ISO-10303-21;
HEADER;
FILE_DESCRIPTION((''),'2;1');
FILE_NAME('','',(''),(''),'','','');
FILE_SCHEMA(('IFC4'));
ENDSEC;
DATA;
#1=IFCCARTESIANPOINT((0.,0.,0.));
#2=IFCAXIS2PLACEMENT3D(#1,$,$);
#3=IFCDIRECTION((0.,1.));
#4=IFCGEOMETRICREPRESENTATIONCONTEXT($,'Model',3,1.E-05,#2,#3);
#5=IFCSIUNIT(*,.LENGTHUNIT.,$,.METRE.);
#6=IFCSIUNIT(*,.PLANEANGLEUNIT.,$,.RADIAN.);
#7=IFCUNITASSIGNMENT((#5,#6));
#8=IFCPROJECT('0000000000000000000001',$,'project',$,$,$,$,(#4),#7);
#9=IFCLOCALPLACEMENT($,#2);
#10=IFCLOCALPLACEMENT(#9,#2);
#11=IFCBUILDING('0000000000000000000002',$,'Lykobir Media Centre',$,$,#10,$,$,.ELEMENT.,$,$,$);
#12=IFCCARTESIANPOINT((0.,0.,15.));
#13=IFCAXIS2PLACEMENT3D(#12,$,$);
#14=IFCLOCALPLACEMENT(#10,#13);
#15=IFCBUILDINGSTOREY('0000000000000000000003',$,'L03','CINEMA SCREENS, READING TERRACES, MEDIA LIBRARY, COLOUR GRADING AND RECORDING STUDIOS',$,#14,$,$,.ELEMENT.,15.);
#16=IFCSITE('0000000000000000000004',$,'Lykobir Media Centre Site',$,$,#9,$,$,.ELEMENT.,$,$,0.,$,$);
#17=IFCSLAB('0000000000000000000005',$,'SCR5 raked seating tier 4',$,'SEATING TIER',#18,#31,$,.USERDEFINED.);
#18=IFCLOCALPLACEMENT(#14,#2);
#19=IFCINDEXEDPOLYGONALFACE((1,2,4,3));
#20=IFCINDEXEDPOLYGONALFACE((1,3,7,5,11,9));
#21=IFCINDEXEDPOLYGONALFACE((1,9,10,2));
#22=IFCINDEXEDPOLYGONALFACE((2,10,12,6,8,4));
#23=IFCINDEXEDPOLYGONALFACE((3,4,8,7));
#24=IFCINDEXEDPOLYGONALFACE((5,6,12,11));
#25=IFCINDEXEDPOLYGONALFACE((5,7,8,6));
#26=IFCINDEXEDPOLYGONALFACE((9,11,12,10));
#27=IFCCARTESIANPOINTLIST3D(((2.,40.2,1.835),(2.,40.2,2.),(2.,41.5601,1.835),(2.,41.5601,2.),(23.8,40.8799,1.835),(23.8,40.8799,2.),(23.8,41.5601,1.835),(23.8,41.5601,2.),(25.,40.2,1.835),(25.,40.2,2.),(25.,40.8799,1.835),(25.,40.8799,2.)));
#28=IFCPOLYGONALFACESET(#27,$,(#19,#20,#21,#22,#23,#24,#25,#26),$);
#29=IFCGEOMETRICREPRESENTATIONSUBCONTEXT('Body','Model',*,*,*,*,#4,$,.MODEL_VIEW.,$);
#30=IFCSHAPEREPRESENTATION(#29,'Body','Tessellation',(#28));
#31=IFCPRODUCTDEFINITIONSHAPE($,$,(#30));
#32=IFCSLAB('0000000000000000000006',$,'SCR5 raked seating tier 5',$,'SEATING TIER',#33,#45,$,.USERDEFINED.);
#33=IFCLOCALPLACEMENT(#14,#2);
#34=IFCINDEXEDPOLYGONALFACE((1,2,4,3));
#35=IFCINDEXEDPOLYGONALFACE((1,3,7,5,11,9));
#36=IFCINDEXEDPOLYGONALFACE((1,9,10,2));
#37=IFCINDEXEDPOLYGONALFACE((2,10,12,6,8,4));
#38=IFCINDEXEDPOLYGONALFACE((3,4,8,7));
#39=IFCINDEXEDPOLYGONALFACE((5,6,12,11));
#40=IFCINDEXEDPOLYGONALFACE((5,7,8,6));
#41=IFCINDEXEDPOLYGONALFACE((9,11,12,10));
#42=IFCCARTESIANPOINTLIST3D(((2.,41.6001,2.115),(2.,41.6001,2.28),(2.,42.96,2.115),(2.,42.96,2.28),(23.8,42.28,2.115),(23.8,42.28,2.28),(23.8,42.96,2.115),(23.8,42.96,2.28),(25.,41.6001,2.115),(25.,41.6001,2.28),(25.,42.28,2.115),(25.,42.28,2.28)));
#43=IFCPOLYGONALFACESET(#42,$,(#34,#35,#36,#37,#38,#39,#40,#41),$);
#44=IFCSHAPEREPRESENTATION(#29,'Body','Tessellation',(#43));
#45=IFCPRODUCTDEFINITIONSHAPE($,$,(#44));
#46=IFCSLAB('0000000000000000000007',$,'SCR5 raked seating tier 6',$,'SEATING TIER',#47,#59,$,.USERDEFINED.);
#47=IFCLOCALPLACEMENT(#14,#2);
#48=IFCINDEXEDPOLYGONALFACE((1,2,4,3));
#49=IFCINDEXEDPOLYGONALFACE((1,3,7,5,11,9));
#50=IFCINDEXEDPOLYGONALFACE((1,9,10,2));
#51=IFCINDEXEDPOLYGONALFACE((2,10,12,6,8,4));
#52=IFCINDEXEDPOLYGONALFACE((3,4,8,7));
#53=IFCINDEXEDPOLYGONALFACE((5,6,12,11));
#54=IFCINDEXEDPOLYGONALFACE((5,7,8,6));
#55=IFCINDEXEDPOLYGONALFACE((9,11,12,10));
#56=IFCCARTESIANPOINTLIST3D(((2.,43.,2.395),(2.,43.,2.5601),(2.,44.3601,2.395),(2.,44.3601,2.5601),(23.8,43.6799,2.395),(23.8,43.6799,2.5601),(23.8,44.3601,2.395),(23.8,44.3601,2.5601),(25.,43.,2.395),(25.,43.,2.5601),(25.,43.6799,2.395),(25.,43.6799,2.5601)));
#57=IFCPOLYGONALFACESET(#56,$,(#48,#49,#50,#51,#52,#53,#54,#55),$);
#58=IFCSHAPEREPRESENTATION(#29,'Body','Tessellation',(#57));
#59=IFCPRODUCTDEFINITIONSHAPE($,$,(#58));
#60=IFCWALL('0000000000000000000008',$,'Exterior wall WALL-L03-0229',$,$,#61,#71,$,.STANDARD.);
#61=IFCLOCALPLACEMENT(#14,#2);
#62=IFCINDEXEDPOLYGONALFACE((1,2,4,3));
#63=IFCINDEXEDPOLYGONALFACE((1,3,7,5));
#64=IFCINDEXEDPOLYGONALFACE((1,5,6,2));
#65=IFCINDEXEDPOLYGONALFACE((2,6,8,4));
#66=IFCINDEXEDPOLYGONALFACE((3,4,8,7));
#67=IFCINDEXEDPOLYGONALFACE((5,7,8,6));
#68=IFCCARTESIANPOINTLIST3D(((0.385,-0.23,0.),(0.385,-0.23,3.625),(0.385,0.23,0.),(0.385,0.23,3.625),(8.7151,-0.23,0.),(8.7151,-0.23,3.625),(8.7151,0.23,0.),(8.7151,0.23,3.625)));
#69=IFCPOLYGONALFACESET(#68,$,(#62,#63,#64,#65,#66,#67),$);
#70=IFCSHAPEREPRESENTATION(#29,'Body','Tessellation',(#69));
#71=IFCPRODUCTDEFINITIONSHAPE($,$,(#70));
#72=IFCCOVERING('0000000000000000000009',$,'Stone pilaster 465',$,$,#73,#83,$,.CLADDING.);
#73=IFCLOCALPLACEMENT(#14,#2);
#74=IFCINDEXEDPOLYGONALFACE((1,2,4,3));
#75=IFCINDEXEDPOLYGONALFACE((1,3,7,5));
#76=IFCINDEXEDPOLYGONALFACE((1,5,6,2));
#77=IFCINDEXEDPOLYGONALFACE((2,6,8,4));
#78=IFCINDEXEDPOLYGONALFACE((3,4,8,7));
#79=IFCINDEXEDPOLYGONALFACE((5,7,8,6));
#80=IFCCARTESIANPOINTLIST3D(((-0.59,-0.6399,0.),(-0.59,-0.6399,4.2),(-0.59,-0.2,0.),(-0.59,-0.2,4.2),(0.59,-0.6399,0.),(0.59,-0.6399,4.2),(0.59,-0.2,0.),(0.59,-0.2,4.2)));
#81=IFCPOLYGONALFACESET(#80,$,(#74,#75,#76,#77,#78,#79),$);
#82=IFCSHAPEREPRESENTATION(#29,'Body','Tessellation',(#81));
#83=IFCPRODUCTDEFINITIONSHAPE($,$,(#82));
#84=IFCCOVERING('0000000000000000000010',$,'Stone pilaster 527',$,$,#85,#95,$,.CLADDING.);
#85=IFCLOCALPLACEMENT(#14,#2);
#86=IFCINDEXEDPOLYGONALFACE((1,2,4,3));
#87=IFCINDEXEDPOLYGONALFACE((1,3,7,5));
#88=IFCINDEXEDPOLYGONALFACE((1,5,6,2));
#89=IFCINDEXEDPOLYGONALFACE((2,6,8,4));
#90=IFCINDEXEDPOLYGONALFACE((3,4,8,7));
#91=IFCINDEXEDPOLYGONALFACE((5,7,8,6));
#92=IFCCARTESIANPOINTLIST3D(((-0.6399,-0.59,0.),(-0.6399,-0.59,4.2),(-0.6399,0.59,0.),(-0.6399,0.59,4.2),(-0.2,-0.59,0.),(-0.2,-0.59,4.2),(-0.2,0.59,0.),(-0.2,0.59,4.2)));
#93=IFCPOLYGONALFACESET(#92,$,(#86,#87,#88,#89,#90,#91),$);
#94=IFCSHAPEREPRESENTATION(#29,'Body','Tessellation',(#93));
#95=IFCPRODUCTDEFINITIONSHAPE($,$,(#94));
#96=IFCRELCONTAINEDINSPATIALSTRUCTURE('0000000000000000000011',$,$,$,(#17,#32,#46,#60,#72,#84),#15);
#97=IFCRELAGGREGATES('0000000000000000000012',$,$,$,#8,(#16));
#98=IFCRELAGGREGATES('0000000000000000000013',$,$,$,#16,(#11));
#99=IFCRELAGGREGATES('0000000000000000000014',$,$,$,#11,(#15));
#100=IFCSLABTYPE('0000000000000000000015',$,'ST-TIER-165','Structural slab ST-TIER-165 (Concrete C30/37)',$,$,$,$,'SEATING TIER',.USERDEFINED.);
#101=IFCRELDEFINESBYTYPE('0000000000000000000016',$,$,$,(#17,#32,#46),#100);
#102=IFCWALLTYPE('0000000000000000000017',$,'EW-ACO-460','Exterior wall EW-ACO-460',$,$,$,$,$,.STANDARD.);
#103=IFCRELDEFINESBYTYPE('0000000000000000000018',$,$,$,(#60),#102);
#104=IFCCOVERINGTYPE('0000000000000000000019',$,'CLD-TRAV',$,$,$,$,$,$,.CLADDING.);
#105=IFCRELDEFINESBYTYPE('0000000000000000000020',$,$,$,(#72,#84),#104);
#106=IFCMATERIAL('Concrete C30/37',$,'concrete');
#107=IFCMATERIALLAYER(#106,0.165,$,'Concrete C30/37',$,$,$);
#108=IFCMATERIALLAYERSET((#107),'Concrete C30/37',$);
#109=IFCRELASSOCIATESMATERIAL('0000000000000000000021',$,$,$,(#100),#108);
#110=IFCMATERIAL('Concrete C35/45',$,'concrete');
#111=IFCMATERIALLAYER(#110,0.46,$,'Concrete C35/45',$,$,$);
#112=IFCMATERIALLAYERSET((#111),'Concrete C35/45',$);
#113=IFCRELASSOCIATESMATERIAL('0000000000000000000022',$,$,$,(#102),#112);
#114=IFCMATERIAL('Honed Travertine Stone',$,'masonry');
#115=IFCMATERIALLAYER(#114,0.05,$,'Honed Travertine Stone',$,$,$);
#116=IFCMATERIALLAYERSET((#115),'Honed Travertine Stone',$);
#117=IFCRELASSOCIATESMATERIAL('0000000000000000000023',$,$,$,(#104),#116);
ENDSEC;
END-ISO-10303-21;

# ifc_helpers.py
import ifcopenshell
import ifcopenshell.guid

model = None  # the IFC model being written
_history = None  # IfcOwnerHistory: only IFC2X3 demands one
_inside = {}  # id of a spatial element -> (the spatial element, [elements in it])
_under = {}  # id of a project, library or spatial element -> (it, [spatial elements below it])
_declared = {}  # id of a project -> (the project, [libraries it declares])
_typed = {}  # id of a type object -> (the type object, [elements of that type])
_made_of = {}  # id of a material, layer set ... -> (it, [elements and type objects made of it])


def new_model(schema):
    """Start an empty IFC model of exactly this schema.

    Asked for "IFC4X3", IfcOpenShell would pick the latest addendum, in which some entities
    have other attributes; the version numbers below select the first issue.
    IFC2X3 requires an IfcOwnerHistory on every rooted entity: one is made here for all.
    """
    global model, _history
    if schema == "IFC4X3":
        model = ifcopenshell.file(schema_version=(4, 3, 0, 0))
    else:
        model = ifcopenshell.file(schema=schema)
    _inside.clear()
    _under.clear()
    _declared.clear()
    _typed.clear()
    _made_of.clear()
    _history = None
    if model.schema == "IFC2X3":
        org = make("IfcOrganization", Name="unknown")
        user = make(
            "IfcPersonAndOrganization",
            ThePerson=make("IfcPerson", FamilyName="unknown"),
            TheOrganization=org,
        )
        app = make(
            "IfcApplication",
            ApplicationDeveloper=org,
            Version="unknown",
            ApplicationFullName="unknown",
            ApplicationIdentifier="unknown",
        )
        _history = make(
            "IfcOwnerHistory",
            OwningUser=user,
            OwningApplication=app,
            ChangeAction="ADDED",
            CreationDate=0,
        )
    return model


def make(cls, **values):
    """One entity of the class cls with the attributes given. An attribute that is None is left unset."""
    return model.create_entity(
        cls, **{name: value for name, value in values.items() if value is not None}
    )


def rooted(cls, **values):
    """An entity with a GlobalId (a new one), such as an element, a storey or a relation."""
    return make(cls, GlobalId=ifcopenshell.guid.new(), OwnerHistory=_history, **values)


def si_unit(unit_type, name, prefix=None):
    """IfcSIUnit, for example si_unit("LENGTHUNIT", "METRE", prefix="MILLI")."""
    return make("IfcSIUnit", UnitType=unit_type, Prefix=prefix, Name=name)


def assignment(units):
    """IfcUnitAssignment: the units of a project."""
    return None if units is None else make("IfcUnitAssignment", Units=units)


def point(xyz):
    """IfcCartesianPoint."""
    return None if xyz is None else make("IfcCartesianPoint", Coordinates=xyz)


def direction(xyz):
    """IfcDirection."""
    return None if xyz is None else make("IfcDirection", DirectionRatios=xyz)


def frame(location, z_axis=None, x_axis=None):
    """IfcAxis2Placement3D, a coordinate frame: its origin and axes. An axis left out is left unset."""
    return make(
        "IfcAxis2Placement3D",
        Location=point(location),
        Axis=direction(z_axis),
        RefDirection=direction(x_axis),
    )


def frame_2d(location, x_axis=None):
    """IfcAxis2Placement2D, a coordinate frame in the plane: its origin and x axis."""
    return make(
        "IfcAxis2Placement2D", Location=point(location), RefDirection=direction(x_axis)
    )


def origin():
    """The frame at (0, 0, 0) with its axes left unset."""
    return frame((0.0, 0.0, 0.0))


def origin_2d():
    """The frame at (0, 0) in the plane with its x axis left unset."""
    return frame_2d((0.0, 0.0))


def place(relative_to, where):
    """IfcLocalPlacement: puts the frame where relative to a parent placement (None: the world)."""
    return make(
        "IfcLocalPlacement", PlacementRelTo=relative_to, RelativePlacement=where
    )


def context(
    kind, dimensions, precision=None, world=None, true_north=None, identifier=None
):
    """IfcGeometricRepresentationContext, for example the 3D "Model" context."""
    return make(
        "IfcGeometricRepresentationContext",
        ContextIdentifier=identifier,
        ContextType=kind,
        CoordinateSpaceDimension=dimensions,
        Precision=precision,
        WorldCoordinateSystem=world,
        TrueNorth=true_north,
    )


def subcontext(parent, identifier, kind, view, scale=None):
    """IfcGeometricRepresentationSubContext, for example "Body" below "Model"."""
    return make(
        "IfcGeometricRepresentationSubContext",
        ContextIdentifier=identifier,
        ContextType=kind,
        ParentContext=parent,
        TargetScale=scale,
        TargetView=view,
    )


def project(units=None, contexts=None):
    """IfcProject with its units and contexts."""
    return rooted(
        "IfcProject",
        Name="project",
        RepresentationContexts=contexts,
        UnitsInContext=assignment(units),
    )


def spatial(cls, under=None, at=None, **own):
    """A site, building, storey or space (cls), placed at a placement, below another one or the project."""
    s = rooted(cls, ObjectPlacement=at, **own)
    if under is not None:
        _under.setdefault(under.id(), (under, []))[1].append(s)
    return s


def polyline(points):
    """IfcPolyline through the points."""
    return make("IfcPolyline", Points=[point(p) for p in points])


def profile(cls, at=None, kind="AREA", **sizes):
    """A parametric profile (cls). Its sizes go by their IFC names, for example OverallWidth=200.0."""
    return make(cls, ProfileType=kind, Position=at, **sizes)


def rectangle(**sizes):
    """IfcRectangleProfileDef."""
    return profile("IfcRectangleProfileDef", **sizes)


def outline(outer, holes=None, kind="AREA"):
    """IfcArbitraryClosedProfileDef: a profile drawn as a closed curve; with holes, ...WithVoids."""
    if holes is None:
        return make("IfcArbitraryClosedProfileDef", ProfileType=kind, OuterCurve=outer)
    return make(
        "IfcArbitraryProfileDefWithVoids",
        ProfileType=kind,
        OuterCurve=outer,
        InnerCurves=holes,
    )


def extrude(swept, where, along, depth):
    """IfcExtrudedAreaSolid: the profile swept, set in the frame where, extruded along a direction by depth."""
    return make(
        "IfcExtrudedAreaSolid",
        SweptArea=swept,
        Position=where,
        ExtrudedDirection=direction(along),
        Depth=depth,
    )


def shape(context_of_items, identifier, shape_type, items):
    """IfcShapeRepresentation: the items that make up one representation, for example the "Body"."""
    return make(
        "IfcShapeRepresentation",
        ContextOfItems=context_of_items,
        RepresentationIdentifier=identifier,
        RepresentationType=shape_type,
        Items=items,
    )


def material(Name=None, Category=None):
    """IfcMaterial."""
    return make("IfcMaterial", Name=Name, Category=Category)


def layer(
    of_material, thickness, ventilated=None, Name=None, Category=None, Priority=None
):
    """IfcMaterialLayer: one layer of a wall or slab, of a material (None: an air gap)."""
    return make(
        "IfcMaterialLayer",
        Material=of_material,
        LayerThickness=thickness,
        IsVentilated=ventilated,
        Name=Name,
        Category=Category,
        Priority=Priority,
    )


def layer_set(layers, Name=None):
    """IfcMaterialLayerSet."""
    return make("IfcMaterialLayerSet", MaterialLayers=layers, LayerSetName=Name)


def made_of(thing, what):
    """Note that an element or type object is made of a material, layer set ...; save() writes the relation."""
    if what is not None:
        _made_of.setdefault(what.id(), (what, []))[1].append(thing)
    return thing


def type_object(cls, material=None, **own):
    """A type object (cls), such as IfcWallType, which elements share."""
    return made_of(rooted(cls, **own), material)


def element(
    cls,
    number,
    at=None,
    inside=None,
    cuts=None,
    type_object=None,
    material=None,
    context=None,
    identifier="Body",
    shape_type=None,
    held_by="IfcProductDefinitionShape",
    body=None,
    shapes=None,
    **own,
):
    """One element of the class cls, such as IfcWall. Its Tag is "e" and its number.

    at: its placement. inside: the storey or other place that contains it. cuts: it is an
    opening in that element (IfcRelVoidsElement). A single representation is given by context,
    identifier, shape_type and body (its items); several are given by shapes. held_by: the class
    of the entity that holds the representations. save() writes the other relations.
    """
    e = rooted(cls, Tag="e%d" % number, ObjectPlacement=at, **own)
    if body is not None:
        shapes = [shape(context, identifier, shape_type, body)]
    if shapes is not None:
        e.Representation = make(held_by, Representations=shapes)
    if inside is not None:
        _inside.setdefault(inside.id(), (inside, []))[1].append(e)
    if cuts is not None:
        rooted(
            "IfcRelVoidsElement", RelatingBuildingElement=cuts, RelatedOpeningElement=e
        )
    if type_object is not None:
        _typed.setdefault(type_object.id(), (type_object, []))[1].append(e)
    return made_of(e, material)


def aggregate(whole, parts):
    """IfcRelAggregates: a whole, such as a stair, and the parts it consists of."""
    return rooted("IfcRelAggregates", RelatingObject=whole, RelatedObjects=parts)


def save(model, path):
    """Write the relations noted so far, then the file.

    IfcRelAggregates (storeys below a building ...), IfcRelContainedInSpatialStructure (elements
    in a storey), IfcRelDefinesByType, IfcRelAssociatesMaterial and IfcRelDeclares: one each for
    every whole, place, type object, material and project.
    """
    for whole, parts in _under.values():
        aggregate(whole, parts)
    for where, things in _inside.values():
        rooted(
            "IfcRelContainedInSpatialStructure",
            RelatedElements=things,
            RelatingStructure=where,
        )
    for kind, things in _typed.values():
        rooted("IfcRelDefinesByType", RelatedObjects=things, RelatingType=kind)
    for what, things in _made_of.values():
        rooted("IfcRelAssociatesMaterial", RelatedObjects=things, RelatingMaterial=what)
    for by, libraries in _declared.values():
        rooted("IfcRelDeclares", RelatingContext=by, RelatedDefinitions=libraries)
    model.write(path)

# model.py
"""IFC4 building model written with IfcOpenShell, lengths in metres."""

from ifc_helpers import new_model, si_unit, direction, frame, frame_2d, origin, origin_2d, place, context, subcontext, project, spatial, polyline, rectangle, outline, extrude, material, layer, layer_set, type_object, element, save


model = new_model("IFC4")

# Units and contexts
model_context = context("Model", 3, precision=1e-05, world=origin(), true_north=direction((0.0, 1.0)))
body_context = subcontext(model_context, "Body", "Model", "MODEL_VIEW")
ifc_project = project(units=[si_unit("LENGTHUNIT", "METRE"), si_unit("PLANEANGLEUNIT", "RADIAN")], contexts=[model_context])

# Site, building, storey
site_placement = place(None, origin())
site = spatial("IfcSite", under=ifc_project, at=site_placement, Name="Lykobir Media Centre Site", CompositionType="ELEMENT", RefElevation=0.0)
building_placement = place(site_placement, origin())
building = spatial("IfcBuilding", under=site, at=building_placement, Name="Lykobir Media Centre", CompositionType="ELEMENT")
storey_placement = place(building_placement, frame((0.0, 0.0, 15.0)))
storey = spatial("IfcBuildingStorey", under=building, at=storey_placement, Name="L03", Description="CINEMA SCREENS, READING TERRACES, MEDIA LIBRARY, COLOUR GRADING AND RECORDING STUDIOS", CompositionType="ELEMENT", Elevation=15.0)

# Shared definitions
ifc_material_1 = material(Name="Concrete C30/37", Category="concrete")

# Slabs
ifc_layer_1 = layer(ifc_material_1, 0.165, Name="Concrete C30/37")
ifc_layer_set_1 = layer_set([ifc_layer_1], Name="Concrete C30/37")
slab_type_1 = type_object("IfcSlabType", Name="ST-TIER-165", Description="Structural slab ST-TIER-165 (Concrete C30/37)", ElementType="SEATING TIER", PredefinedType="USERDEFINED", material=ifc_layer_set_1)
slab_1_placement = place(storey_placement, frame((0.0, 0.0, 1.835)))
element("IfcSlab", 1, at=slab_1_placement, inside=storey, type_object=slab_type_1, Name="SCR5 raked seating tier 4", ObjectType="SEATING TIER", PredefinedType="USERDEFINED", context=body_context, shape_type="SweptSolid", body=[
    extrude(outline(polyline([(2.0, 40.2), (25.0, 40.2), (25.0, 40.8799), (23.8, 40.8799), (23.8, 41.5601), (2.0, 41.5601), (2.0, 40.2)])), origin(), (0.0, 0.0, 1.0), 0.165),
])
slab_2_placement = place(storey_placement, frame((0.0, 0.0, 2.115)))
element("IfcSlab", 2, at=slab_2_placement, inside=storey, type_object=slab_type_1, Name="SCR5 raked seating tier 5", ObjectType="SEATING TIER", PredefinedType="USERDEFINED", context=body_context, shape_type="SweptSolid", body=[
    extrude(outline(polyline([(2.0, 41.6001), (25.0, 41.6001), (25.0, 42.28), (23.8, 42.28), (23.8, 42.96), (2.0, 42.96), (2.0, 41.6001)])), origin(), (0.0, 0.0, 1.0), 0.165),
])
slab_3_placement = place(storey_placement, frame((0.0, 0.0, 2.395)))
element("IfcSlab", 3, at=slab_3_placement, inside=storey, type_object=slab_type_1, Name="SCR5 raked seating tier 6", ObjectType="SEATING TIER", PredefinedType="USERDEFINED", context=body_context, shape_type="SweptSolid", body=[
    extrude(outline(polyline([(2.0, 43.0), (25.0, 43.0), (25.0, 43.6799), (23.8, 43.6799), (23.8, 44.3601), (2.0, 44.3601), (2.0, 43.0)])), origin(), (0.0, 0.0, 1.0), 0.165),
])

# Wall
ifc_material_2 = material(Name="Concrete C35/45", Category="concrete")
ifc_layer_2 = layer(ifc_material_2, 0.46, Name="Concrete C35/45")
ifc_layer_set_2 = layer_set([ifc_layer_2], Name="Concrete C35/45")
wall_type = type_object("IfcWallType", Name="EW-ACO-460", Description="Exterior wall EW-ACO-460", PredefinedType="STANDARD", material=ifc_layer_set_2)
wall_placement = place(storey_placement, frame((0.385, 0.0, 0.0), z_axis=(0.0, 0.0, 1.0), x_axis=(1.0, 0.0, 0.0)))
element("IfcWall", 4, at=wall_placement, inside=storey, type_object=wall_type, Name="Exterior wall WALL-L03-0229", PredefinedType="STANDARD", context=body_context, shape_type="SweptSolid", body=[
    extrude(rectangle(XDim=8.3301, YDim=0.46, at=frame_2d((4.165, 0.0))), origin(), (0.0, 0.0, 1.0), 3.625),
])

# Coverings
ifc_material_3 = material(Name="Honed Travertine Stone", Category="masonry")
ifc_layer_3 = layer(ifc_material_3, 0.05, Name="Honed Travertine Stone")
ifc_layer_set_3 = layer_set([ifc_layer_3], Name="Honed Travertine Stone")
covering_type = type_object("IfcCoveringType", Name="CLD-TRAV", PredefinedType="CLADDING", material=ifc_layer_set_3)
for number, where, z_axis, x_axis, name in (
    (5, (0.0, -0.4199, 0.0), (0.0, 0.0, 1.0), (1.0, 0.0, 0.0), "Stone pilaster 465"),
    (6, (-0.4199, 0.0, 0.0), (0.0, 0.0, 1.0), (0.0, -1.0, 0.0), "Stone pilaster 527"),
):
    element("IfcCovering", number, at=place(storey_placement, frame(where, z_axis=z_axis, x_axis=x_axis)), inside=storey, type_object=covering_type, Name=name, PredefinedType="CLADDING", context=body_context, shape_type="SweptSolid", body=[
        extrude(rectangle(XDim=1.1799, YDim=0.4399, at=origin_2d()), origin(), (0.0, 0.0, 1.0), 4.2),
    ])

save(model, "model.ifc")
